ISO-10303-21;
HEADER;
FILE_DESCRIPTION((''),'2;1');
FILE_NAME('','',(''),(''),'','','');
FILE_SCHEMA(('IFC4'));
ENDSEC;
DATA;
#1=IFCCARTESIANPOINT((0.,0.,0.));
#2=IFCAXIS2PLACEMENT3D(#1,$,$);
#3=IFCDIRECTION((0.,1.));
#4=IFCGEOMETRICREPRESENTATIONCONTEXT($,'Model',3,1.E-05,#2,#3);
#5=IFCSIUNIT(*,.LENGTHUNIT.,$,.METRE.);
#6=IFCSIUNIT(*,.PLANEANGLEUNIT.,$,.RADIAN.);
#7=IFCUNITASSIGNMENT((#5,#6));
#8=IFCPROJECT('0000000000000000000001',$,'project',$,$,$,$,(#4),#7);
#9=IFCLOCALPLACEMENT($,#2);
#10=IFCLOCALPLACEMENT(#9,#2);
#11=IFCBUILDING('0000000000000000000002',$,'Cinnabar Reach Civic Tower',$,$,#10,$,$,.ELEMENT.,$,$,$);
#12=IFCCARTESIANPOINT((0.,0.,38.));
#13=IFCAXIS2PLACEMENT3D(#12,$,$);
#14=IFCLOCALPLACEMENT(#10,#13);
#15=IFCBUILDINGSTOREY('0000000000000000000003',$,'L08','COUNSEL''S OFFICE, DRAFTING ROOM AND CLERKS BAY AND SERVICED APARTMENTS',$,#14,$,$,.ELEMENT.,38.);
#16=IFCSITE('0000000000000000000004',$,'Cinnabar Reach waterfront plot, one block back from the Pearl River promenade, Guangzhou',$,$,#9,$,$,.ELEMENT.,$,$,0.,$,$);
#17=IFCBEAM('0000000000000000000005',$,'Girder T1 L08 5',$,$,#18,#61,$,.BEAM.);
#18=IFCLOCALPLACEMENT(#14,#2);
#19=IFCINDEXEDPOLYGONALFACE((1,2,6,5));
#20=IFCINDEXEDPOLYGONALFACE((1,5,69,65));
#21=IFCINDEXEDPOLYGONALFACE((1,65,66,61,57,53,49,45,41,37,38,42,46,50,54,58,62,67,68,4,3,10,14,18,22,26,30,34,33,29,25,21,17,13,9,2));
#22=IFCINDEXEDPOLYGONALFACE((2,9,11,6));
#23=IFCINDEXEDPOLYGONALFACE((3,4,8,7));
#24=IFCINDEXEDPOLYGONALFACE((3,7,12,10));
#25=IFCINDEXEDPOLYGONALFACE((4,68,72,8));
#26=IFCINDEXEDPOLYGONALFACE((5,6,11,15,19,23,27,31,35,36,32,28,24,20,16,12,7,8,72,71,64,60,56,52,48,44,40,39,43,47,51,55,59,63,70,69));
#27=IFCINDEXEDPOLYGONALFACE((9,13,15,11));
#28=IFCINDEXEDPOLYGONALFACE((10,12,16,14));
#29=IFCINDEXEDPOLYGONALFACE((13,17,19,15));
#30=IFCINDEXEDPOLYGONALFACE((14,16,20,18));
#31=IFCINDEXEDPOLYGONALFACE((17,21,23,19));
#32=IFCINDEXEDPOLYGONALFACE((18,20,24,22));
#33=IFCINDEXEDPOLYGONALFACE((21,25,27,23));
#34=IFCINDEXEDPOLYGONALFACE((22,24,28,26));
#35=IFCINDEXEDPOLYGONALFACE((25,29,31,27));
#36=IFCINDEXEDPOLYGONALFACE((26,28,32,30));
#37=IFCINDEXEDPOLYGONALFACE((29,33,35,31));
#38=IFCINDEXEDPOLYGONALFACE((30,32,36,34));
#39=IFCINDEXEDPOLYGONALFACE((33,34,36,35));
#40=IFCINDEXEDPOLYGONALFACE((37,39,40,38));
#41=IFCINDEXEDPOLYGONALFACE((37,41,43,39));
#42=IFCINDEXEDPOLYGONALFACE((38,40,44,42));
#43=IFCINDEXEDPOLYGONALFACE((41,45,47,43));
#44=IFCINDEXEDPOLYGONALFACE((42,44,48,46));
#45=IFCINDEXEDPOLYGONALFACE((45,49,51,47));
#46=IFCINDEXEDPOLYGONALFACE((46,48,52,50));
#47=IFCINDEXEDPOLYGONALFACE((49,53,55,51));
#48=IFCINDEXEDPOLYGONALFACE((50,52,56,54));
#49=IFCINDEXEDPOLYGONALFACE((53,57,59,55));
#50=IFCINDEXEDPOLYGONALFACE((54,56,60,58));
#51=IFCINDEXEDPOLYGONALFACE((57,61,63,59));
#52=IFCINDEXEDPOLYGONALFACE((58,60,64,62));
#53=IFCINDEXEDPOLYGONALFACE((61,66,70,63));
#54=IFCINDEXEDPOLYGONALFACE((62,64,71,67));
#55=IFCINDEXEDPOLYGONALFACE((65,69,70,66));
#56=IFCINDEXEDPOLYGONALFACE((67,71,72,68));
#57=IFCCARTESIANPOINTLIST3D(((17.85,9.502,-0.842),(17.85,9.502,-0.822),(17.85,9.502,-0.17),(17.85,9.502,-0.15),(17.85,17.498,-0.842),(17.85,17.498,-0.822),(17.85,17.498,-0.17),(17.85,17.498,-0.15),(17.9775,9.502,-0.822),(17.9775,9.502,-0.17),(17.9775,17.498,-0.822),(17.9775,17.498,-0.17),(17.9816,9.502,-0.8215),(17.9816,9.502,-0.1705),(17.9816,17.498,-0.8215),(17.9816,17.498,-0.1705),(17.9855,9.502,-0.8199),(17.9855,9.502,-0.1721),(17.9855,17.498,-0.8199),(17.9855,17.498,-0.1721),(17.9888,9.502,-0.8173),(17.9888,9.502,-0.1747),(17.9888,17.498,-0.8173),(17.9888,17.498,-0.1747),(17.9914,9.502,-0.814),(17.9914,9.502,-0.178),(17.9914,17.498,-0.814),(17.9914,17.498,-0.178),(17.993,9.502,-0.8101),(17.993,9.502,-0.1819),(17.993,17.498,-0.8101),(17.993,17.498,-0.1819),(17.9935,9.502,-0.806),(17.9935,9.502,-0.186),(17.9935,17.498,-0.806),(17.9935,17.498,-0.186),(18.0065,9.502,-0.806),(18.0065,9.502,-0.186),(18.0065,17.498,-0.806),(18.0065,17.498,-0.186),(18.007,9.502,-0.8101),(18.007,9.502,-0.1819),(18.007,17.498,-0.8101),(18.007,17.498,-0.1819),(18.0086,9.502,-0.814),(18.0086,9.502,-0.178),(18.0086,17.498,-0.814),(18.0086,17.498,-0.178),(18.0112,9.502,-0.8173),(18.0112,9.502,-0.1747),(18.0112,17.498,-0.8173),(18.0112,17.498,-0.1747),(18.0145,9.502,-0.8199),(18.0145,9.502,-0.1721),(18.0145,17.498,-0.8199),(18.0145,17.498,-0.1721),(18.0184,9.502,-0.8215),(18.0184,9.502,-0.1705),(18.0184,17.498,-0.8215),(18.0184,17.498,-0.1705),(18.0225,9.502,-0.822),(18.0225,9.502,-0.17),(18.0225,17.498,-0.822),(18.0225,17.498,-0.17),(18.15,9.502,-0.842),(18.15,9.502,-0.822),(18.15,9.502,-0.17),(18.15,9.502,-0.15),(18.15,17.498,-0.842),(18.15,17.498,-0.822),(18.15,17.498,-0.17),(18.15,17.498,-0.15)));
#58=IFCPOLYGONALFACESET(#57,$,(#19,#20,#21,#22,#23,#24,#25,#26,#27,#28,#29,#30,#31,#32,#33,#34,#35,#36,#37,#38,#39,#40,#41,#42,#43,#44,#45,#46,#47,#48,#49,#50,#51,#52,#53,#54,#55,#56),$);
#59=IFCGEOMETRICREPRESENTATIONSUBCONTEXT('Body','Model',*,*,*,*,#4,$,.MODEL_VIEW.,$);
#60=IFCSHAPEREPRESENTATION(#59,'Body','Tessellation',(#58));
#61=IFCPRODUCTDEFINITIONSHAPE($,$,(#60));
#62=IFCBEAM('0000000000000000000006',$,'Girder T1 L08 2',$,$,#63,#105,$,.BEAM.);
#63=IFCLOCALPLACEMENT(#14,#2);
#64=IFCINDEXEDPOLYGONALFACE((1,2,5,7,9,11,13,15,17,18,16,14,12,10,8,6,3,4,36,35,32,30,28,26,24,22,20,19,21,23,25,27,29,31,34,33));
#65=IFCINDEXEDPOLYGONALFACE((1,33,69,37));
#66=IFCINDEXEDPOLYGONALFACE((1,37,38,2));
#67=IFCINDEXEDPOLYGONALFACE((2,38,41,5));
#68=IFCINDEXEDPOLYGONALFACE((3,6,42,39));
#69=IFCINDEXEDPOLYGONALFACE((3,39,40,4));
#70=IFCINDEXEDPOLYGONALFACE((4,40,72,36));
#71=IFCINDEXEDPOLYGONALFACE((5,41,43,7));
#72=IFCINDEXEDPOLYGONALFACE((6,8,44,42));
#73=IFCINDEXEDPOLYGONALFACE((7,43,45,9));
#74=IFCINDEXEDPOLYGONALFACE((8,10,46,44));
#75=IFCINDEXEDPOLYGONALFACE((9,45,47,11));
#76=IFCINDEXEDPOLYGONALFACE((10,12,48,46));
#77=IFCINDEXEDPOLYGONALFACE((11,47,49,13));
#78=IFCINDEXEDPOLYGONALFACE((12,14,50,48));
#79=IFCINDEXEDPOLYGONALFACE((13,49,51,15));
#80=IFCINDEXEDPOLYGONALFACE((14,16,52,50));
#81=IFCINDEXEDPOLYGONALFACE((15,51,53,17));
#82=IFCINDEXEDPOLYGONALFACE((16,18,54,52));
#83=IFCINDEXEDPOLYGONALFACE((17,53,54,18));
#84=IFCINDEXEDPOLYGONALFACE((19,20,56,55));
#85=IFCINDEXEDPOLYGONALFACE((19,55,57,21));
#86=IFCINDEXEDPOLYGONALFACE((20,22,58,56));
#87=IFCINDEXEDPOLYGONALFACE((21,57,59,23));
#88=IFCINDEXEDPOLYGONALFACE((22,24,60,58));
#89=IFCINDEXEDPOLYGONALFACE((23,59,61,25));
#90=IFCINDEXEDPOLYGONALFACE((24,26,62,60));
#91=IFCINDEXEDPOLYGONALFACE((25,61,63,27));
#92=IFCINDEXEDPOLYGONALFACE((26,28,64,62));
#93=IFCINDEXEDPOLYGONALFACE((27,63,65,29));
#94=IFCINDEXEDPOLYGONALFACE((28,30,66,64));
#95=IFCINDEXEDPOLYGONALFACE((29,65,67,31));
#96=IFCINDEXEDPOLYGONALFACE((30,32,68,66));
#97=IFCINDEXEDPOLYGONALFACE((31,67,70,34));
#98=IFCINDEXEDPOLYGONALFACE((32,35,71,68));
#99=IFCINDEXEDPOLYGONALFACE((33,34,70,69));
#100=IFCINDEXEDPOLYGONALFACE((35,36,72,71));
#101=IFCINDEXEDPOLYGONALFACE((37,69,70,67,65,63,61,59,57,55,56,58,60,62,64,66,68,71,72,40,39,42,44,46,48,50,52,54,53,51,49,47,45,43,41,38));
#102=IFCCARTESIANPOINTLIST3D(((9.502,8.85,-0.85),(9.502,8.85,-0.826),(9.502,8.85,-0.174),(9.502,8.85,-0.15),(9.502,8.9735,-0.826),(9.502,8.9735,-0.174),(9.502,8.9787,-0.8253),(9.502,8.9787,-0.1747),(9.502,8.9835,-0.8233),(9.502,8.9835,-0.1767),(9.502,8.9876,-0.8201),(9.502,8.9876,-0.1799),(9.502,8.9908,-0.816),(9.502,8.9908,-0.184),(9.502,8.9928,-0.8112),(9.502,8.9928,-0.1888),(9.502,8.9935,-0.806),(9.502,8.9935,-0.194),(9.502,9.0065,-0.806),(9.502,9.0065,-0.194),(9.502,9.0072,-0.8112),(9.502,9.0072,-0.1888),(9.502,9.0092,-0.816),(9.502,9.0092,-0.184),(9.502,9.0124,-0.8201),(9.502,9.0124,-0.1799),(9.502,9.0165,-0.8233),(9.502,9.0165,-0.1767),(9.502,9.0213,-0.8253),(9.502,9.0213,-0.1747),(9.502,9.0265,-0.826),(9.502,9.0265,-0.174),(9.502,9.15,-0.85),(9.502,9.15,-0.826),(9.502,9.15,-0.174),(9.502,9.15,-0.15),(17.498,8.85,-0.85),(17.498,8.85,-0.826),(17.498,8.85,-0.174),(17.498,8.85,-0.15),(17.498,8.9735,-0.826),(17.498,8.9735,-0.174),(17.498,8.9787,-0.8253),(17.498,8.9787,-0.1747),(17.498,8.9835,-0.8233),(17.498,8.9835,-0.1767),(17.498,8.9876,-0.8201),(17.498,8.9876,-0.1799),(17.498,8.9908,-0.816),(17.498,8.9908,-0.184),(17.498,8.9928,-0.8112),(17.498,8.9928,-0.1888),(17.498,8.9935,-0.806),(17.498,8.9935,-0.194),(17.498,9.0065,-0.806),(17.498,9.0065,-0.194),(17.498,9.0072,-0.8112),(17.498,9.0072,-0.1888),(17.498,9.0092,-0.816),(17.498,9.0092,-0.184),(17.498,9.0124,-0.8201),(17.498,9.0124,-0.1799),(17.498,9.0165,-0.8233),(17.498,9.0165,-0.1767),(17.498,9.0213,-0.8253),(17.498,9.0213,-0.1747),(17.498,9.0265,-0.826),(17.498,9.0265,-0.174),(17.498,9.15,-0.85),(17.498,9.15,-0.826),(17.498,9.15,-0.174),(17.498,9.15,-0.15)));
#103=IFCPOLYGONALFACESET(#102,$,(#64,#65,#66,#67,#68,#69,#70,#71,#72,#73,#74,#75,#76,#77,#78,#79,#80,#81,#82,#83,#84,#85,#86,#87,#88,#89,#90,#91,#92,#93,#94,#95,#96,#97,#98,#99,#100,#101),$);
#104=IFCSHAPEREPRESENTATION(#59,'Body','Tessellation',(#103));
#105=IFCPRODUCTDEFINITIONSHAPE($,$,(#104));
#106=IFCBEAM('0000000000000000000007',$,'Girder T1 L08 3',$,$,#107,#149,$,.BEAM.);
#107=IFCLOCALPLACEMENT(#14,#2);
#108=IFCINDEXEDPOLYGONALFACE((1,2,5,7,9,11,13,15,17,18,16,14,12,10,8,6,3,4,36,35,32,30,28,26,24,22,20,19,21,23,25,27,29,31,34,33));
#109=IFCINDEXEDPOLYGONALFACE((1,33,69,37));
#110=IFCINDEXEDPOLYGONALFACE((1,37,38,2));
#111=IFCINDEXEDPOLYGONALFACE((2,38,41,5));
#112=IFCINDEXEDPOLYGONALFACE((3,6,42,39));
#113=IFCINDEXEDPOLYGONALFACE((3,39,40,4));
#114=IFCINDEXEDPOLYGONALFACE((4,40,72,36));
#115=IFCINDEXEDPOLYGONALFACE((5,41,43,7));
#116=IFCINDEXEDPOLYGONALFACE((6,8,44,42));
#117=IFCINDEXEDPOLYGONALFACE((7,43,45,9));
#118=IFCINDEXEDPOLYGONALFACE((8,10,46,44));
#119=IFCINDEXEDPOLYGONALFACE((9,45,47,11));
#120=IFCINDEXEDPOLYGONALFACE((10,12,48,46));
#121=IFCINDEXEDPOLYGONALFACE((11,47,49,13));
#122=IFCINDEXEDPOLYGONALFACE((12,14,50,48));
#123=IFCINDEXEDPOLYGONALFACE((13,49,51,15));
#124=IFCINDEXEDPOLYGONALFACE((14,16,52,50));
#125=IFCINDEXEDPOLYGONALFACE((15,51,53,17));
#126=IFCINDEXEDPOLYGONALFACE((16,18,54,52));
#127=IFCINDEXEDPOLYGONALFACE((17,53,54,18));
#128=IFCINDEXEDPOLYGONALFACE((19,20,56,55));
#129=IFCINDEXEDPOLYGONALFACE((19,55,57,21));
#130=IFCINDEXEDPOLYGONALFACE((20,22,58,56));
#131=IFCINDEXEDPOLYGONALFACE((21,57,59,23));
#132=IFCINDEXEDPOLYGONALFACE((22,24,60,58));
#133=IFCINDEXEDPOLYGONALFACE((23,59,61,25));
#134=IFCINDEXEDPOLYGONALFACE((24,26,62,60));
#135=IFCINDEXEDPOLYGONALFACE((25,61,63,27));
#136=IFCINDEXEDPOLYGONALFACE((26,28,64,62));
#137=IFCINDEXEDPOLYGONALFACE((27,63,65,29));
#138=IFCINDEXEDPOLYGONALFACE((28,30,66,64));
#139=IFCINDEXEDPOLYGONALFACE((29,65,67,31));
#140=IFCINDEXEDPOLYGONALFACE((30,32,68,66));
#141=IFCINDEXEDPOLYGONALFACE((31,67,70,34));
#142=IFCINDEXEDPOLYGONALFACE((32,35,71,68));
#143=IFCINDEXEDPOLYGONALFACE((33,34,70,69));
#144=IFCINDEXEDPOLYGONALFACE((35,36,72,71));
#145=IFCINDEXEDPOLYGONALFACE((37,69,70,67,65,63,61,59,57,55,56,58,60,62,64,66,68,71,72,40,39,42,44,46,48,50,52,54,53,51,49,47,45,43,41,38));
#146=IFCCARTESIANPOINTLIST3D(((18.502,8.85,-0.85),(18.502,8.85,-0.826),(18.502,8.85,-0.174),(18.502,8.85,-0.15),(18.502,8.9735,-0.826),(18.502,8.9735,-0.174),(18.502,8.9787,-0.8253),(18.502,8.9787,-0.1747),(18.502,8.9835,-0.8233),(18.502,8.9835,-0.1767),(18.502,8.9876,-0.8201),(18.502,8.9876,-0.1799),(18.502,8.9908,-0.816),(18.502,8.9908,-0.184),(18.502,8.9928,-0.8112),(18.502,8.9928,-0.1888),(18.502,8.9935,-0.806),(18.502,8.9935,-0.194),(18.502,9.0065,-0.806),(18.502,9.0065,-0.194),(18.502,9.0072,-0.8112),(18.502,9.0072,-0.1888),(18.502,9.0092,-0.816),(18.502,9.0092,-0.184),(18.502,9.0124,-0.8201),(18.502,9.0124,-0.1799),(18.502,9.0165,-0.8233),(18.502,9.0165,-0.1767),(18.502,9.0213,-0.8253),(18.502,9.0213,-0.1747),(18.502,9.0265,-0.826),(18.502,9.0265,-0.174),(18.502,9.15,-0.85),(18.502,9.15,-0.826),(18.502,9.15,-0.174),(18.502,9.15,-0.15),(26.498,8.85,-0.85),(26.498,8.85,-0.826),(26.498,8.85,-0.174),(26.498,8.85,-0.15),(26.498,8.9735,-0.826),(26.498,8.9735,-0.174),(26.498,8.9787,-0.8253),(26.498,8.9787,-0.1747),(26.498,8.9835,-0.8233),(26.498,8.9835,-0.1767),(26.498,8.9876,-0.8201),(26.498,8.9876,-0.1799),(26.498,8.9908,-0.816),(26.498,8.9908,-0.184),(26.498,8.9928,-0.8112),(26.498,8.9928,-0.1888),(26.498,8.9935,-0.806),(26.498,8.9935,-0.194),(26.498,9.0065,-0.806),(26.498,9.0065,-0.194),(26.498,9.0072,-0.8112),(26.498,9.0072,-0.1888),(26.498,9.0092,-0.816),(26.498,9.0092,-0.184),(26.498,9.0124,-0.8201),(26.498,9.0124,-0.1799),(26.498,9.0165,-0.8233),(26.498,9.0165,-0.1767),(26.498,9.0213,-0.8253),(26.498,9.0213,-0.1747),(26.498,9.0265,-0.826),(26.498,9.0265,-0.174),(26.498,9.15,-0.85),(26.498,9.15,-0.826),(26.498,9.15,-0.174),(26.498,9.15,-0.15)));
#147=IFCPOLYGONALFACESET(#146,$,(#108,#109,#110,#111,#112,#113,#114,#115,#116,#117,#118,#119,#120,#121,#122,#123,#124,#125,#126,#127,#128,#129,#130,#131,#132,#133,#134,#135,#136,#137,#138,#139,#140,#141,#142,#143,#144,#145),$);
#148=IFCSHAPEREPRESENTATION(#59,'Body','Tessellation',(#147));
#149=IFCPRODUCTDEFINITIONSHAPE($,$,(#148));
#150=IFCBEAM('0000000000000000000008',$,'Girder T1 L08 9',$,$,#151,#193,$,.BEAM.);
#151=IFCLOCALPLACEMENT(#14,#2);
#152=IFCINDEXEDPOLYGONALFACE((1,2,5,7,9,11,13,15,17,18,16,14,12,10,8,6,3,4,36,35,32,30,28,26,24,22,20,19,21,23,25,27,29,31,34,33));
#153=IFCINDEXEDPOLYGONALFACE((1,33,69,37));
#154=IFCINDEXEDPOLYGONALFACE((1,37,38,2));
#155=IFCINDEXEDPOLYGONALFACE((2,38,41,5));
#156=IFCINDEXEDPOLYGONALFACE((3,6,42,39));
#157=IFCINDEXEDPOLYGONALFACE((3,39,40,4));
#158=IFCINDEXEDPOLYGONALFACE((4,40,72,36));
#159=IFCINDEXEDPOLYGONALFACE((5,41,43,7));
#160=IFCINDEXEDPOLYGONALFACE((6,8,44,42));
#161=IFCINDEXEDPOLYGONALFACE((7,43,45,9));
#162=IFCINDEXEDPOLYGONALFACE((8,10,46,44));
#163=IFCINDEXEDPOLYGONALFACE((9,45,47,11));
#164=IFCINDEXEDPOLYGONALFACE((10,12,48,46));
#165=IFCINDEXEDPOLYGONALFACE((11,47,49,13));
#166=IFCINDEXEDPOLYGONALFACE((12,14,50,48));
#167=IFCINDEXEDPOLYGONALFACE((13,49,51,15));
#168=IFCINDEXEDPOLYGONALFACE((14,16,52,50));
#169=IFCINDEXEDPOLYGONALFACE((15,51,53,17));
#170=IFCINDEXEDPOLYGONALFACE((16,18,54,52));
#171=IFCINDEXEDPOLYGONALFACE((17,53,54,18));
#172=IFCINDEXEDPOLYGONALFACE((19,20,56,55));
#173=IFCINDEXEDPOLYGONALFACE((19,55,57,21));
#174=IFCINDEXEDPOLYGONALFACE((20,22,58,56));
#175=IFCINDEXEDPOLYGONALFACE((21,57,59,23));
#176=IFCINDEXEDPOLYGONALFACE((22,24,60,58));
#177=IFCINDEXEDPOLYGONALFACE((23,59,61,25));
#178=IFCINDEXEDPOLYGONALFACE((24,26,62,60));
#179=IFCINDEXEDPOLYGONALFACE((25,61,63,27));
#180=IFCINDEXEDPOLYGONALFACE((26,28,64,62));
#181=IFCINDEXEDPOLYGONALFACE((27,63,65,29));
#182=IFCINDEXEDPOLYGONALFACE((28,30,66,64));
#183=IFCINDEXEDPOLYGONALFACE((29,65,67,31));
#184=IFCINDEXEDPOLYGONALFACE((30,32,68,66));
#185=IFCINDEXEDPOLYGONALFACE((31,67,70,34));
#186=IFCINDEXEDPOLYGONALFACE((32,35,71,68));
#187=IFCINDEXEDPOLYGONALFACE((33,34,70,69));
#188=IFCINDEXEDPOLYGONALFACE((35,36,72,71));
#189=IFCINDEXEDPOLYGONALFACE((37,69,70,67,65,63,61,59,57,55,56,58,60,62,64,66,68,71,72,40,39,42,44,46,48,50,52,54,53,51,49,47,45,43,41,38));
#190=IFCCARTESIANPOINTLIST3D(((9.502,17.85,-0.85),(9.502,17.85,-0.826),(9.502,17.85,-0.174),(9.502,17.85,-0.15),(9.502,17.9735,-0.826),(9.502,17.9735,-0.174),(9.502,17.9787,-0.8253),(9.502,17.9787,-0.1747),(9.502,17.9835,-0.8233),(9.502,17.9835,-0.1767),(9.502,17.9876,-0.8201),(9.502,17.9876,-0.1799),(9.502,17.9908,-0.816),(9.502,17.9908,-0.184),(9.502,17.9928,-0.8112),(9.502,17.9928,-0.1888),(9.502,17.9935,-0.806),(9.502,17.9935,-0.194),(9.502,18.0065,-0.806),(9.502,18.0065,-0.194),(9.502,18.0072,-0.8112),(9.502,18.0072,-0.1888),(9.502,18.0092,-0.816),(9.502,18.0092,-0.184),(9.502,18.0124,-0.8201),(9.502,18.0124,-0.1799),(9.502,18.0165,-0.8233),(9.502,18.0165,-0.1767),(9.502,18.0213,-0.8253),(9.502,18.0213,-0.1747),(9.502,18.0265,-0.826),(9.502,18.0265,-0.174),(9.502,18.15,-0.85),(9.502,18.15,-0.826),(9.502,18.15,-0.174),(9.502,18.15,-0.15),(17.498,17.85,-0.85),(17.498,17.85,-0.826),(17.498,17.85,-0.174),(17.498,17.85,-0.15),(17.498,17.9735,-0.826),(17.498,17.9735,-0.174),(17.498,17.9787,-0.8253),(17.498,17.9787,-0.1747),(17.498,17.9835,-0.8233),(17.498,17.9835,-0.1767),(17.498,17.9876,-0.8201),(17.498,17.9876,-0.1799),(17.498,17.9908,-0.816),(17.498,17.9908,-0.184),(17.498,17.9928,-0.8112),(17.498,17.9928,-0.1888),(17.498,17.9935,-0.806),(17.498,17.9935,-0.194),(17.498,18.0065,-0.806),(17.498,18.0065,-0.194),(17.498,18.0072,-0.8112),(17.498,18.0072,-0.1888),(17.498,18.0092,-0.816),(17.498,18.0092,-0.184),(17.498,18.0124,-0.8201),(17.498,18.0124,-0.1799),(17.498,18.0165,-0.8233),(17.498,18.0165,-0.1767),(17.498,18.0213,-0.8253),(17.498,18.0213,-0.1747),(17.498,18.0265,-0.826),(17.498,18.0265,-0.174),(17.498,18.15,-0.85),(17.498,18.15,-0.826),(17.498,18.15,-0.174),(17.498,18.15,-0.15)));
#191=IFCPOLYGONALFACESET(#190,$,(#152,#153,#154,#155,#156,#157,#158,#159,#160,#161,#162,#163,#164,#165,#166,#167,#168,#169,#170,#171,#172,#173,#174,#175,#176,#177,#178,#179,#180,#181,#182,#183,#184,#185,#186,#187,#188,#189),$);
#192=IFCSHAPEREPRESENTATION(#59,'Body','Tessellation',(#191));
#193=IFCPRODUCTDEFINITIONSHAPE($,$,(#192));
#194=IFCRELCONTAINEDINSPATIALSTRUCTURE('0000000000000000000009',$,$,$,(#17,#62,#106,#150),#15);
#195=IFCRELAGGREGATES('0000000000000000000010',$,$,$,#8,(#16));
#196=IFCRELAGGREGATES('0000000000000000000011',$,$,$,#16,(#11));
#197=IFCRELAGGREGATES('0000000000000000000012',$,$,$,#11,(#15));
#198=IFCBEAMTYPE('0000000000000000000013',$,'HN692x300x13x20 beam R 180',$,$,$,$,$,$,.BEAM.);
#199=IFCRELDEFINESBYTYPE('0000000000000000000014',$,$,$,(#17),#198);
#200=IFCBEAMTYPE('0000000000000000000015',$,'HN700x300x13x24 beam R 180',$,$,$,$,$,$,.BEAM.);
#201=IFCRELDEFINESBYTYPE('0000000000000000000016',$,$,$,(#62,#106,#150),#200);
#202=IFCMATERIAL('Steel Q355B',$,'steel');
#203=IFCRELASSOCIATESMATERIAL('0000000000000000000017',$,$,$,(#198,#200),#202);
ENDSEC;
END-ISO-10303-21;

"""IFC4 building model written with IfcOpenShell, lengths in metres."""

from ifc_helpers import new_model, si_unit, direction, frame, origin, origin_2d, place, context, subcontext, project, spatial, i_section, extrude, material, material_profile, profile_set, type_object, element, save


model = new_model("IFC4")

# Units and contexts
model_context = context("Model", 3, precision=1e-05, world=origin(), true_north=direction((0.0, 1.0)))
body_context = subcontext(model_context, "Body", "Model", "MODEL_VIEW")
ifc_project = project(units=[si_unit("LENGTHUNIT", "METRE"), si_unit("PLANEANGLEUNIT", "RADIAN")], contexts=[model_context])

# Site, building, storey
site_placement = place(None, origin())
site = spatial("IfcSite", under=ifc_project, at=site_placement, Name="Cinnabar Reach waterfront plot, one block back from the Pearl River promenade, Guangzhou", CompositionType="ELEMENT", RefElevation=0.0)
building_placement = place(site_placement, origin())
building = spatial("IfcBuilding", under=site, at=building_placement, Name="Cinnabar Reach Civic Tower", CompositionType="ELEMENT")
storey_placement = place(building_placement, frame((0.0, 0.0, 38.0)))
storey = spatial("IfcBuildingStorey", under=building, at=storey_placement, Name="L08", Description="COUNSEL'S OFFICE, DRAFTING ROOM AND CLERKS BAY AND SERVICED APARTMENTS", CompositionType="ELEMENT", Elevation=38.0)

# Beams
ifc_material_1 = material(Name="Steel Q355B", Category="steel")
ifc_material_profile_1 = material_profile(ifc_material_1, i_section(OverallWidth=0.3, OverallDepth=0.692, WebThickness=0.013, FlangeThickness=0.02, FilletRadius=0.016, at=origin_2d()), Name="HN692x300x13x20")
ifc_profile_set_1 = profile_set([ifc_material_profile_1], Name="Steel Q355B")
beam_type_1 = type_object("IfcBeamType", Name="HN692x300x13x20 beam R 180", PredefinedType="BEAM", material=ifc_profile_set_1)
beam_1_placement = place(storey_placement, frame((18.0, 9.502, -0.496), z_axis=(0.0, 1.0, 0.0), x_axis=(-1.0, 0.0, 0.0)))
element("IfcBeam", 1, at=beam_1_placement, inside=storey, type_object=beam_type_1, Name="Girder T1 L08 5", PredefinedType="BEAM", context=body_context, shape_type="SweptSolid", body=[
    extrude(i_section(OverallWidth=0.3, OverallDepth=0.692, WebThickness=0.013, FlangeThickness=0.02, FilletRadius=0.016, at=origin_2d()), origin(), (0.0, 0.0, 1.0), 7.996),
])
ifc_material_profile_2 = material_profile(ifc_material_1, i_section(OverallWidth=0.3, OverallDepth=0.7, WebThickness=0.013, FlangeThickness=0.024, FilletRadius=0.02, at=origin_2d()), Name="HN700x300x13x24")
ifc_profile_set_2 = profile_set([ifc_material_profile_2], Name="Steel Q355B")
beam_type_2 = type_object("IfcBeamType", Name="HN700x300x13x24 beam R 180", PredefinedType="BEAM", material=ifc_profile_set_2)
for number, where, z_axis, x_axis, name in (
    (2, (9.502, 9.0, -0.5), (1.0, 0.0, 0.0), (0.0, 1.0, 0.0), "Girder T1 L08 2"),
    (3, (18.502, 9.0, -0.5), (1.0, 0.0, 0.0), (0.0, 1.0, 0.0), "Girder T1 L08 3"),
    (4, (9.502, 18.0, -0.5), (1.0, 0.0, 0.0), (0.0, 1.0, 0.0), "Girder T1 L08 9"),
):
    element("IfcBeam", number, at=place(storey_placement, frame(where, z_axis=z_axis, x_axis=x_axis)), inside=storey, type_object=beam_type_2, Name=name, PredefinedType="BEAM", context=body_context, shape_type="SweptSolid", body=[
        extrude(i_section(OverallWidth=0.3, OverallDepth=0.7, WebThickness=0.013, FlangeThickness=0.024, FilletRadius=0.02, at=origin_2d()), origin(), (0.0, 0.0, 1.0), 7.996),
    ])

save(model, "model.ifc")
